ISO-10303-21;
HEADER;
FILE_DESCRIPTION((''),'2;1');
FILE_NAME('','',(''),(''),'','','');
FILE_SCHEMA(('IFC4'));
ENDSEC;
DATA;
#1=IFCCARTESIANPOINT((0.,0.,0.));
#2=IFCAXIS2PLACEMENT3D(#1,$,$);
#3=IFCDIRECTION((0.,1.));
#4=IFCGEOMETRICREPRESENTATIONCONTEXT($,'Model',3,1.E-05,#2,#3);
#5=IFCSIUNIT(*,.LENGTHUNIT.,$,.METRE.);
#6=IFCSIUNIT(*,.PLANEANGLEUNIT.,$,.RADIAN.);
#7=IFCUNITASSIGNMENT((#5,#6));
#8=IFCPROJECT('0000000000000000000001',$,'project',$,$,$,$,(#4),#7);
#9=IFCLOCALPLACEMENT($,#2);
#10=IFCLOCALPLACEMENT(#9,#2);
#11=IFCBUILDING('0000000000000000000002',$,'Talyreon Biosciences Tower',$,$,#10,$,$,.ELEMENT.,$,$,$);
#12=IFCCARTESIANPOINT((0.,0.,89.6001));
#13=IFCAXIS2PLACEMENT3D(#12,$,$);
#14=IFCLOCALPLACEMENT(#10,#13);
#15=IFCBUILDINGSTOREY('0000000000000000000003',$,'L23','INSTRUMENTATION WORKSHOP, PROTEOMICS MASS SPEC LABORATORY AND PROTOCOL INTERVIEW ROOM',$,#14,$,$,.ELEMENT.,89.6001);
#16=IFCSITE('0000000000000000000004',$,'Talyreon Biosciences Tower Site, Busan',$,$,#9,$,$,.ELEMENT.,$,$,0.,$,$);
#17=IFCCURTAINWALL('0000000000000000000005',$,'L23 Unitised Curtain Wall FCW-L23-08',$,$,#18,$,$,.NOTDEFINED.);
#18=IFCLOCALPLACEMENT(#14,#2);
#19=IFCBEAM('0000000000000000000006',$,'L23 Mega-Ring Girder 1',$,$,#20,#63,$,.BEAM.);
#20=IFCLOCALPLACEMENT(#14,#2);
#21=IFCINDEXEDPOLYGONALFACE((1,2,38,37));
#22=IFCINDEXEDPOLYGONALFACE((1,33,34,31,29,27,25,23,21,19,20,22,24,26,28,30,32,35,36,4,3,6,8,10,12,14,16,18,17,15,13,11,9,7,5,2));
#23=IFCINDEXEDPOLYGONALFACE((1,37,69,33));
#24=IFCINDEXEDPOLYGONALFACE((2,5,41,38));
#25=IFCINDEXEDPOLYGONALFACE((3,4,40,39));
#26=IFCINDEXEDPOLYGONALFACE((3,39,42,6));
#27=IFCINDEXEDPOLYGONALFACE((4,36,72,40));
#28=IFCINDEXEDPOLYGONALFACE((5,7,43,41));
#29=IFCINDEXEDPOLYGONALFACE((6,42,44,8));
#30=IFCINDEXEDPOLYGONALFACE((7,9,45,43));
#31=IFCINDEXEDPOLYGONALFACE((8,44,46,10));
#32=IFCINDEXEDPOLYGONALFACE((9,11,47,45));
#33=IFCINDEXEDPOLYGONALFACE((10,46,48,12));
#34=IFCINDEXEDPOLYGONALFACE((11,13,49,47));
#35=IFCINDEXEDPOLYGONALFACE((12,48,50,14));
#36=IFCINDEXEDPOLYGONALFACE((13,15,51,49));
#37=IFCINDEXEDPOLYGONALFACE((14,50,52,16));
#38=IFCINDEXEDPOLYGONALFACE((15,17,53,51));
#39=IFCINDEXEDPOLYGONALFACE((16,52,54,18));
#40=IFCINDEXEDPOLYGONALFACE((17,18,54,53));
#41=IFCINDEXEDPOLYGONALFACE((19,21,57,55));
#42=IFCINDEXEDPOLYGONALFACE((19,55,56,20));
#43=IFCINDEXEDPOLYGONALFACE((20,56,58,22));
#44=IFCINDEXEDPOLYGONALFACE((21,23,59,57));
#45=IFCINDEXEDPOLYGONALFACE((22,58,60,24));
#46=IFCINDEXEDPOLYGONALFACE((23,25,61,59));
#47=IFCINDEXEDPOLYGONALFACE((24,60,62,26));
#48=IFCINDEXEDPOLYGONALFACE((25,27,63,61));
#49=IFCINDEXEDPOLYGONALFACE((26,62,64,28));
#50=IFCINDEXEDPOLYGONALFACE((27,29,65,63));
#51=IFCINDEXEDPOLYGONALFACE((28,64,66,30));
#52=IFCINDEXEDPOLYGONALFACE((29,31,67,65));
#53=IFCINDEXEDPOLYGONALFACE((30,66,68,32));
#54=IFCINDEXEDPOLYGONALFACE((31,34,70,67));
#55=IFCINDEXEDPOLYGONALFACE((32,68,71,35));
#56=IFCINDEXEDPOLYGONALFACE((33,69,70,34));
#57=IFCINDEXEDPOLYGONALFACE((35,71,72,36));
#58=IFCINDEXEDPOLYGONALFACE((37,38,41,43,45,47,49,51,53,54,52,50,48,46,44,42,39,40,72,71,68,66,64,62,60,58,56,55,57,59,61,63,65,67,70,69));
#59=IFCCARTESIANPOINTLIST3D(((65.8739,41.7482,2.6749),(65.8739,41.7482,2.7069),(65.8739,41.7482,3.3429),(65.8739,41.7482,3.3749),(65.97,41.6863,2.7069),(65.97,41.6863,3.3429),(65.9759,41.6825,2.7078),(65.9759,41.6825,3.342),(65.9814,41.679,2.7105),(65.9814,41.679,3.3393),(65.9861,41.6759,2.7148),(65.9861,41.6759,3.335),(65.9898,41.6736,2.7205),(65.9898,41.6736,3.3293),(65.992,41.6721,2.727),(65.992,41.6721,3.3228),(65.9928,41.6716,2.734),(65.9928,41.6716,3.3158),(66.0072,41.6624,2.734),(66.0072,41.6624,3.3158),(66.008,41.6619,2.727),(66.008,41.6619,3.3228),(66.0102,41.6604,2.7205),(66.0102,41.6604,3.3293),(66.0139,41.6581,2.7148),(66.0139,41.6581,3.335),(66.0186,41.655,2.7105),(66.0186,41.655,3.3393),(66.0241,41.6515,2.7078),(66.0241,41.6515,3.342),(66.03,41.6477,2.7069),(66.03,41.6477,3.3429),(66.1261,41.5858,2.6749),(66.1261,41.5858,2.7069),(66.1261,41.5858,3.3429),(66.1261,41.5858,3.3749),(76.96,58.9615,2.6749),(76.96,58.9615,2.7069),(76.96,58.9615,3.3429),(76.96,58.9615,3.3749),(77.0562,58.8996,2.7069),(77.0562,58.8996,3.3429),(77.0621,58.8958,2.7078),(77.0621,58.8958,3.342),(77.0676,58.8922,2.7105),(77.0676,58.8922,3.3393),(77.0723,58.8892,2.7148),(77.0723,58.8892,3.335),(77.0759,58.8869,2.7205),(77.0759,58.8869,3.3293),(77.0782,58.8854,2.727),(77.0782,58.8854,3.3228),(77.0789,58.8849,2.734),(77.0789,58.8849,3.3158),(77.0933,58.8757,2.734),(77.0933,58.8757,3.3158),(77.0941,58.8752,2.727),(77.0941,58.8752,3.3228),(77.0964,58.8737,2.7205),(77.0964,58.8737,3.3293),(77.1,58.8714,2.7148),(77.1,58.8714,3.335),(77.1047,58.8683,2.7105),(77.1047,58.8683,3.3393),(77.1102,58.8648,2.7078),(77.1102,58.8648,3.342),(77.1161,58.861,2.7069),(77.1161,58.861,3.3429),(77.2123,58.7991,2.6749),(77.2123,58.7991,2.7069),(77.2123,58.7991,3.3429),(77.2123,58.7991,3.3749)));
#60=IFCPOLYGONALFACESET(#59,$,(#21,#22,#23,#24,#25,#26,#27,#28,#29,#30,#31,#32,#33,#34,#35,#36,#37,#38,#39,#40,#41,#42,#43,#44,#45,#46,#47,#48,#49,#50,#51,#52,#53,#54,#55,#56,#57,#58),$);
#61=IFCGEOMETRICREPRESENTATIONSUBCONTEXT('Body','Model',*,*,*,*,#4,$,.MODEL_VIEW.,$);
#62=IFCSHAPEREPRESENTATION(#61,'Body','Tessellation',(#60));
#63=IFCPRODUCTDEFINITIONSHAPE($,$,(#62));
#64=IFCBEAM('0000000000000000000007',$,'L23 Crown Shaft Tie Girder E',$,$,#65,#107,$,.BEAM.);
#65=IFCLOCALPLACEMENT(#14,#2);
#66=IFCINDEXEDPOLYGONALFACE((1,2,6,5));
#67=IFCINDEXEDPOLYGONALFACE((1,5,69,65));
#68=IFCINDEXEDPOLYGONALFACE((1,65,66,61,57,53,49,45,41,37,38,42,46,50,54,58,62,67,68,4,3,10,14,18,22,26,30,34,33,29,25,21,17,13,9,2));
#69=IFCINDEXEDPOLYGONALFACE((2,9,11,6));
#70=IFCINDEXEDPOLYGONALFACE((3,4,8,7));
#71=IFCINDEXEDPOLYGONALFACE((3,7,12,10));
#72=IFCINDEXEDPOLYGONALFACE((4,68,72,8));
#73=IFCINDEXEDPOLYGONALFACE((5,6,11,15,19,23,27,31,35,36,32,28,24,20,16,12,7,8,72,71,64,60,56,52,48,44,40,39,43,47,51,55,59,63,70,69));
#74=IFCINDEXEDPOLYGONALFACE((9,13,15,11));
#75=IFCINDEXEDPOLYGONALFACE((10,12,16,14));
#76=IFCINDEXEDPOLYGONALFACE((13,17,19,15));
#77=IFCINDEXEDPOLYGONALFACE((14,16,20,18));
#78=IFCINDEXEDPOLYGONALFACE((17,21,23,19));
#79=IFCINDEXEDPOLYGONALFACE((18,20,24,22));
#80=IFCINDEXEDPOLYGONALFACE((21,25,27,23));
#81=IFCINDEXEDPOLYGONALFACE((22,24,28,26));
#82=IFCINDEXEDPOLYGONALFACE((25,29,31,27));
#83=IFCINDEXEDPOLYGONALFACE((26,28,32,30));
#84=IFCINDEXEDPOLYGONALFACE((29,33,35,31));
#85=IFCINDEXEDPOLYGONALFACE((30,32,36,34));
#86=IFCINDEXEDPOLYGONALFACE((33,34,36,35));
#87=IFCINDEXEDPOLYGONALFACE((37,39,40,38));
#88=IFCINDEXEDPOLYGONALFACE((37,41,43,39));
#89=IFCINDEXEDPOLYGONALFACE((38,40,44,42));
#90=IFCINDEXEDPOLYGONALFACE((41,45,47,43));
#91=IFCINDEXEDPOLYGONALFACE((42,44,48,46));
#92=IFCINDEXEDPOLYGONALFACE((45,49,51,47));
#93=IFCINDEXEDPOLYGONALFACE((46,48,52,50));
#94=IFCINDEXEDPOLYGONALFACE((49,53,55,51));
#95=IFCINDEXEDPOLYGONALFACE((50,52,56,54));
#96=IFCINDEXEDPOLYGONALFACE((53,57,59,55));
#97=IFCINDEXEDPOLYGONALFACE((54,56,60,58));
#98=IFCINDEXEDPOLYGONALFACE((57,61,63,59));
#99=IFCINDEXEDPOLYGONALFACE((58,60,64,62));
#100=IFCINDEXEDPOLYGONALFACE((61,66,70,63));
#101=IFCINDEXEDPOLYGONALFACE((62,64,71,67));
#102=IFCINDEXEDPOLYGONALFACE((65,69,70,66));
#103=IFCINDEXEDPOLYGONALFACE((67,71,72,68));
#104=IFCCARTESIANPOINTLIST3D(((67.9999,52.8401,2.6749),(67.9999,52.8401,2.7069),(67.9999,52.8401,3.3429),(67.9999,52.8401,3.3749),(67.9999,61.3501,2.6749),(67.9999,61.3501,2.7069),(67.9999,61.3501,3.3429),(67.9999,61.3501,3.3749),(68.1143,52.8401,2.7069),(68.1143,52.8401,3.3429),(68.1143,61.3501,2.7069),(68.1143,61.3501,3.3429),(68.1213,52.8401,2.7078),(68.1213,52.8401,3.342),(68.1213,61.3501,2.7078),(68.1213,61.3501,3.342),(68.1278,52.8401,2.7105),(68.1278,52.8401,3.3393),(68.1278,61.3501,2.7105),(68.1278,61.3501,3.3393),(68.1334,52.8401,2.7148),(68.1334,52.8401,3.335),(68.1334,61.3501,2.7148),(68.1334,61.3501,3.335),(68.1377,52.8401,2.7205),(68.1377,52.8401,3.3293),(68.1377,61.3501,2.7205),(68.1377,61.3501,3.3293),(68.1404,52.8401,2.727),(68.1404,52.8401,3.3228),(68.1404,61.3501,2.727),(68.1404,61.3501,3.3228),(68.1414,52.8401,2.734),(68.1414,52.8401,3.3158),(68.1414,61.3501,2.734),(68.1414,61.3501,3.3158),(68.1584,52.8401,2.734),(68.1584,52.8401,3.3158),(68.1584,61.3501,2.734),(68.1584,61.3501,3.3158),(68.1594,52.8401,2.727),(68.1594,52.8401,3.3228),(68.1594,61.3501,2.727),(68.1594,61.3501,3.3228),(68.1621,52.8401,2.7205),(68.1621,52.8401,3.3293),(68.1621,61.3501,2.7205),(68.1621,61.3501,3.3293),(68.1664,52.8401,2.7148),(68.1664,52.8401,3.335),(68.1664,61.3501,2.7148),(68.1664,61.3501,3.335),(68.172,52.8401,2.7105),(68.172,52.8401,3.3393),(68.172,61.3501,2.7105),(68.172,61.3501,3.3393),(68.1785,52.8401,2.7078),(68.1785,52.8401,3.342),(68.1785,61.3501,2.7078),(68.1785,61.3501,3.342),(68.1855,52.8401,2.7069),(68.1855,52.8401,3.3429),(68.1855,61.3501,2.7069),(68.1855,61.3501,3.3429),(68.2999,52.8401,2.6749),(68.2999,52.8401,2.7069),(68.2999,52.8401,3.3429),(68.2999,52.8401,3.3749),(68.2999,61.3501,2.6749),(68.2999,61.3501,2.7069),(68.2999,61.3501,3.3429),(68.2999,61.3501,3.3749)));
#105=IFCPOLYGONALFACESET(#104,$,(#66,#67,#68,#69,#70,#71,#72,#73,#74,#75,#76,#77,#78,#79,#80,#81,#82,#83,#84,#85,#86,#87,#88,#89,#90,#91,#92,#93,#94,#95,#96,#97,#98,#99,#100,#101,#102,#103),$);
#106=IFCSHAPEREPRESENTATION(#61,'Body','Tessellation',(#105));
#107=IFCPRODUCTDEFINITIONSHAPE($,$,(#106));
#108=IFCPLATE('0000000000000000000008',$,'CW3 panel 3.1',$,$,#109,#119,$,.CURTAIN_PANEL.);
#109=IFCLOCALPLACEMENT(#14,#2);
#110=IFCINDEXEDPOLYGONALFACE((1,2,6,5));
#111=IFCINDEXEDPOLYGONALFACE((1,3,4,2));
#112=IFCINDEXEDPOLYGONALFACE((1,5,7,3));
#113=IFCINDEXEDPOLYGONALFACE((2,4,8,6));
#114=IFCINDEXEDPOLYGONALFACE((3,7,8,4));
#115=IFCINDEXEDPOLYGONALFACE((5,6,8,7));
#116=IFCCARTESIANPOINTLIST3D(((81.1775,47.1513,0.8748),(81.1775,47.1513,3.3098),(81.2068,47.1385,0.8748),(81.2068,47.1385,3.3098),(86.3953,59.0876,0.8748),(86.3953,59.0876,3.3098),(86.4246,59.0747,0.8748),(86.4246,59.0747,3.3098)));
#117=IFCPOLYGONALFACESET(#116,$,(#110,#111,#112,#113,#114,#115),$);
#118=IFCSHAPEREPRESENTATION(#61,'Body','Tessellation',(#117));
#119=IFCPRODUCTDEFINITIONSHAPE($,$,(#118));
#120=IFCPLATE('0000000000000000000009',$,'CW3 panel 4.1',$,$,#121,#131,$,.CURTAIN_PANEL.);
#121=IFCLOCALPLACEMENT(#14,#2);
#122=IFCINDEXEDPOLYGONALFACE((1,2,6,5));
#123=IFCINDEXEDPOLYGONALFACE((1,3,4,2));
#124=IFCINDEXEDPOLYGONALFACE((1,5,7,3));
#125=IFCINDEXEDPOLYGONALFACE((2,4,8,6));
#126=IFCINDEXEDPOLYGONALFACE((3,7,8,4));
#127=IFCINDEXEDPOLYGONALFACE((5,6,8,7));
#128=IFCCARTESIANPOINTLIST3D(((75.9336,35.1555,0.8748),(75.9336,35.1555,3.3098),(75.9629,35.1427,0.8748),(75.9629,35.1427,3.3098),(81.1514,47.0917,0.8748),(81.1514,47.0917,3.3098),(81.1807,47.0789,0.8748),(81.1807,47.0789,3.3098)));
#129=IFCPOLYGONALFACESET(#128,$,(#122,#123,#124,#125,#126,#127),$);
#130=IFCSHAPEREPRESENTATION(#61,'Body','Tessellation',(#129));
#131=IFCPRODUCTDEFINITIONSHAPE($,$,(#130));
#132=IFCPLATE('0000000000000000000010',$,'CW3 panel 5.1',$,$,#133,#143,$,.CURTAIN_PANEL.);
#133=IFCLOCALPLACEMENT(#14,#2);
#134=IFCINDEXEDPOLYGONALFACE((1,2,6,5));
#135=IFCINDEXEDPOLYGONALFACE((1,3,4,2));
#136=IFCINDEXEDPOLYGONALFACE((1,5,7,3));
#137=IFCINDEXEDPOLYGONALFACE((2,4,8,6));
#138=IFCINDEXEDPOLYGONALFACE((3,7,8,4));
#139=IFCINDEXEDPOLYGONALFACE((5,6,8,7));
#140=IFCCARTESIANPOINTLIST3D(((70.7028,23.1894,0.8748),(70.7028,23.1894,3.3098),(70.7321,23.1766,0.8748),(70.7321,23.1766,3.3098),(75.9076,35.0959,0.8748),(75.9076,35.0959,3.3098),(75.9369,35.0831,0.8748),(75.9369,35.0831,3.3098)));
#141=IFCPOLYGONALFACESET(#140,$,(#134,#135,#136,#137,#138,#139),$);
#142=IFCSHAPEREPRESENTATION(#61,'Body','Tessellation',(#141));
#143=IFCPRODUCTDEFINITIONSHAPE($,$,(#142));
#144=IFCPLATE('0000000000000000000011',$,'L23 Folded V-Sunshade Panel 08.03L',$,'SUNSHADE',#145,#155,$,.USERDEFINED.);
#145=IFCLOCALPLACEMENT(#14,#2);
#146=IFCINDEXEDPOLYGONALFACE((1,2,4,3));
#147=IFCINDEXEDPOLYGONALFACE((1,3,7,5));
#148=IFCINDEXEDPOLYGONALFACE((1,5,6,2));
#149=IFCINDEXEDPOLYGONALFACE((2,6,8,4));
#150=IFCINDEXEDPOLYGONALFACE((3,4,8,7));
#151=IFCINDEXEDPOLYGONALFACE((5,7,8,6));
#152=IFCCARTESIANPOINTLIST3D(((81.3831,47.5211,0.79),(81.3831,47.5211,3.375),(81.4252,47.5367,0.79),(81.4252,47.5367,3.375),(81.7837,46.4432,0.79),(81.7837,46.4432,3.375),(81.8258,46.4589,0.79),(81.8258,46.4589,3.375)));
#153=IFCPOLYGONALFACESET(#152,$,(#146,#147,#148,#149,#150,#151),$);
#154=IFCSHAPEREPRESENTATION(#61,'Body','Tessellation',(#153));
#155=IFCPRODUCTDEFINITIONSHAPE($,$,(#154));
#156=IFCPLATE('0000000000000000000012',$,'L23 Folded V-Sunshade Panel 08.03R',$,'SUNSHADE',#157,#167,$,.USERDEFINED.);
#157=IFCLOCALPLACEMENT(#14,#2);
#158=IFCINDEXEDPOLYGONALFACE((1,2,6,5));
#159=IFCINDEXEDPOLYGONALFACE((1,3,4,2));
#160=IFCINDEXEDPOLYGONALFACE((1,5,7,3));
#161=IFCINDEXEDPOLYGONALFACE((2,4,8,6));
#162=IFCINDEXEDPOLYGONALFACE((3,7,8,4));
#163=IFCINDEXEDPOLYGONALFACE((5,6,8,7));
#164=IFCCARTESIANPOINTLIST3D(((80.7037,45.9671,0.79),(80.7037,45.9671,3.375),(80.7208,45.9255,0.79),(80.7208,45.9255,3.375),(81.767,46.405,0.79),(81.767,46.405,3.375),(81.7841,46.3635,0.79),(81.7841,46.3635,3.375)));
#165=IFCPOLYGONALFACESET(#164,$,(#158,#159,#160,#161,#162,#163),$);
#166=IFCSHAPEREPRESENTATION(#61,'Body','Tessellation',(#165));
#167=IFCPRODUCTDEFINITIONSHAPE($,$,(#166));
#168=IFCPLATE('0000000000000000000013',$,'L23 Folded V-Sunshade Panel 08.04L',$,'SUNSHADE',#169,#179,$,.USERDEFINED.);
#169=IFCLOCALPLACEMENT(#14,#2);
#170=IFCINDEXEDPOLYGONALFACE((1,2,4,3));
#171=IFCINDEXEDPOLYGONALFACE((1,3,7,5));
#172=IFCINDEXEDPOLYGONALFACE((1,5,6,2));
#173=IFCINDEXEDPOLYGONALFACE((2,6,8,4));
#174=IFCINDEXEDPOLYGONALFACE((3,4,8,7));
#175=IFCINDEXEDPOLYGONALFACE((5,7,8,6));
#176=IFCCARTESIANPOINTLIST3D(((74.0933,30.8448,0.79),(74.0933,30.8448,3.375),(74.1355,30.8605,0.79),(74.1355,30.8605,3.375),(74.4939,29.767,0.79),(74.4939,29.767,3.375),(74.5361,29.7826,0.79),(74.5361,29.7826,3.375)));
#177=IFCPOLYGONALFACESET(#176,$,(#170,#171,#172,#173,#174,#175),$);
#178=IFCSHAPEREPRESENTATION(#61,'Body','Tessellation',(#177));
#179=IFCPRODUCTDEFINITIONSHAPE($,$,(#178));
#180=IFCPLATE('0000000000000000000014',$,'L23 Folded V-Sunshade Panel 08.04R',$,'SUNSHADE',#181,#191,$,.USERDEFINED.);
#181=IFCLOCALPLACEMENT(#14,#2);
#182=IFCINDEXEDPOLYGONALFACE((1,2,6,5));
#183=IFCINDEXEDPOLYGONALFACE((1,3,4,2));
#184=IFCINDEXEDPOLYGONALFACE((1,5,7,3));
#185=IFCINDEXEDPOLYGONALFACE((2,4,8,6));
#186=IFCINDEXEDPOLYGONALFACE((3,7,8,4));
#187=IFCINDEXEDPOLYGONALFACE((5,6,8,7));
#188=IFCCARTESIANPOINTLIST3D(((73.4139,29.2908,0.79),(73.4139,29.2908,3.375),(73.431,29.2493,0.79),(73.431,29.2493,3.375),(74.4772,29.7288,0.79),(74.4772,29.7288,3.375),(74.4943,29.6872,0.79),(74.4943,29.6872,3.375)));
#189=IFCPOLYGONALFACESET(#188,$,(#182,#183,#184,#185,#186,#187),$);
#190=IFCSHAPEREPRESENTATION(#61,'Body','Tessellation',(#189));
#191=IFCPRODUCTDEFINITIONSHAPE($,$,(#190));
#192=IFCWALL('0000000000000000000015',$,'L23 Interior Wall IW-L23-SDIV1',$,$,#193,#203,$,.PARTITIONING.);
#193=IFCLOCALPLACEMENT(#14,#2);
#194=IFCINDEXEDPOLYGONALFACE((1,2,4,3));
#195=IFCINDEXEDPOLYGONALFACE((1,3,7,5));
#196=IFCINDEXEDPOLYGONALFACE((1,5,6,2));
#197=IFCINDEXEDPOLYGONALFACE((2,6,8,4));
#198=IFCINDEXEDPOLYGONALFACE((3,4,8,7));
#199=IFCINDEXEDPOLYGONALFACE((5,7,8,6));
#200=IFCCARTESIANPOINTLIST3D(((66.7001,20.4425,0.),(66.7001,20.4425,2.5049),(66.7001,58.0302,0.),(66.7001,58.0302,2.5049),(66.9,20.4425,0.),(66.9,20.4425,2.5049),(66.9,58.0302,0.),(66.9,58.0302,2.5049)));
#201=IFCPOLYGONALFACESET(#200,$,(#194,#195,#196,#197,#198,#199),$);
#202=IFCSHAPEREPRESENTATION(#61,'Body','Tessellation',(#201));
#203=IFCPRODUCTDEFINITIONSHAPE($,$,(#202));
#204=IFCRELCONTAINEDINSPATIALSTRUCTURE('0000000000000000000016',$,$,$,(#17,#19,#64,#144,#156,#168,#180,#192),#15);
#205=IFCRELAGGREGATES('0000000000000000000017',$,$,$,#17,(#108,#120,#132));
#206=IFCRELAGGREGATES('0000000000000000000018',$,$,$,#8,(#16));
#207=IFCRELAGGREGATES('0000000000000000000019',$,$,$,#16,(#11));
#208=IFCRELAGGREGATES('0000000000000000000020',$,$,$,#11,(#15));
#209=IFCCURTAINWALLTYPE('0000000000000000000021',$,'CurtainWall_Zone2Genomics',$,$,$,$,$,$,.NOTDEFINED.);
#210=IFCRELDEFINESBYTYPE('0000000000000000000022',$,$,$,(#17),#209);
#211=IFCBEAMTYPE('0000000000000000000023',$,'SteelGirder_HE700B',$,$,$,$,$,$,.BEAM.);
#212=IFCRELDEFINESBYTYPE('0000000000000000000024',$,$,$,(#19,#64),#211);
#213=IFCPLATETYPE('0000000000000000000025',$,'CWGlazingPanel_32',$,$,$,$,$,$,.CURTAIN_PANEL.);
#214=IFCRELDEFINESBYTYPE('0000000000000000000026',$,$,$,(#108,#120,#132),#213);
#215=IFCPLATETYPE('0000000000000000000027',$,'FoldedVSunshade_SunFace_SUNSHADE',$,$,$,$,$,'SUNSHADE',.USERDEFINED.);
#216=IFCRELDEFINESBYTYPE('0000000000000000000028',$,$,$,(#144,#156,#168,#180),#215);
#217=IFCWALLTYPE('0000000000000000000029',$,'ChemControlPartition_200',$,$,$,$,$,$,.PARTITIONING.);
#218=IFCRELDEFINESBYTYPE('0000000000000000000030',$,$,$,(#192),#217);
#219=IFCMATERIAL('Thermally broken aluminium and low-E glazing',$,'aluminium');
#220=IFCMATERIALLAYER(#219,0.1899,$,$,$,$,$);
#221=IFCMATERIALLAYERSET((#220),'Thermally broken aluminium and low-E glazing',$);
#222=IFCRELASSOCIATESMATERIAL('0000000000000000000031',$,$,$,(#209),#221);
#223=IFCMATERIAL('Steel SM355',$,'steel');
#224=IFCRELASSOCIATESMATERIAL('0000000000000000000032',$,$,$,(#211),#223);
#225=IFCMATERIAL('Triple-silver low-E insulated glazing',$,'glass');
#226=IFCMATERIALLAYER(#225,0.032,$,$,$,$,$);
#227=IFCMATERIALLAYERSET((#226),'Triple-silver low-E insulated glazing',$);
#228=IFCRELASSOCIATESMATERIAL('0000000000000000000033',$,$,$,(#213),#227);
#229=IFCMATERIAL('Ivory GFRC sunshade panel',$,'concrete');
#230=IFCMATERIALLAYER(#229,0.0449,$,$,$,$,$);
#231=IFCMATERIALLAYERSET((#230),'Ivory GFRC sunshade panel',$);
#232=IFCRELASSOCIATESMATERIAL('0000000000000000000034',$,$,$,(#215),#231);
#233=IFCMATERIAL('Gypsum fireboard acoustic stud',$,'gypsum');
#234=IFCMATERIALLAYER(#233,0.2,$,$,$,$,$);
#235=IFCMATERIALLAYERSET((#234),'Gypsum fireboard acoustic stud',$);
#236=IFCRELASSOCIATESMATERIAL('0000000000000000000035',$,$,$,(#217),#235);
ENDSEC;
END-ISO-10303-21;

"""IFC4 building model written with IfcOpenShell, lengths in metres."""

from ifc_helpers import new_model, si_unit, direction, frame, frame_2d, origin, origin_2d, place, context, subcontext, project, spatial, rectangle, i_section, extrude, material, layer, layer_set, material_profile, profile_set, type_object, element, aggregate, save


model = new_model("IFC4")

# Units and contexts
model_context = context("Model", 3, precision=1e-05, world=origin(), true_north=direction((0.0, 1.0)))
body_context = subcontext(model_context, "Body", "Model", "MODEL_VIEW")
ifc_project = project(units=[si_unit("LENGTHUNIT", "METRE"), si_unit("PLANEANGLEUNIT", "RADIAN")], contexts=[model_context])

# Site, building, storey
site_placement = place(None, origin())
site = spatial("IfcSite", under=ifc_project, at=site_placement, Name="Talyreon Biosciences Tower Site, Busan", CompositionType="ELEMENT", RefElevation=0.0)
building_placement = place(site_placement, origin())
building = spatial("IfcBuilding", under=site, at=building_placement, Name="Talyreon Biosciences Tower", CompositionType="ELEMENT")
storey_placement = place(building_placement, frame((0.0, 0.0, 89.6001)))
storey = spatial("IfcBuildingStorey", under=building, at=storey_placement, Name="L23", Description="INSTRUMENTATION WORKSHOP, PROTEOMICS MASS SPEC LABORATORY AND PROTOCOL INTERVIEW ROOM", CompositionType="ELEMENT", Elevation=89.6001)

# Curtain wall
ifc_material_1 = material(Name="Thermally broken aluminium and low-E glazing", Category="aluminium")
ifc_layer_1 = layer(ifc_material_1, 0.1899)
ifc_layer_set_1 = layer_set([ifc_layer_1], Name="Thermally broken aluminium and low-E glazing")
curtain_wall_type = type_object("IfcCurtainWallType", Name="CurtainWall_Zone2Genomics", PredefinedType="NOTDEFINED", material=ifc_layer_set_1)
curtain_wall_placement = place(storey_placement, origin())
curtain_wall = element("IfcCurtainWall", 1, at=curtain_wall_placement, inside=storey, type_object=curtain_wall_type, Name="L23 Unitised Curtain Wall FCW-L23-08", PredefinedType="NOTDEFINED")

# Beams
ifc_material_2 = material(Name="Steel SM355", Category="steel")
ifc_material_profile_1 = material_profile(ifc_material_2, i_section(OverallWidth=0.3, OverallDepth=0.7, WebThickness=0.0171, FlangeThickness=0.032, FilletRadius=0.0271, at=origin_2d()), Name="HE700B")
ifc_profile_set_1 = profile_set([ifc_material_profile_1], Name="Steel SM355")
beam_type_1 = type_object("IfcBeamType", Name="SteelGirder_HE700B", PredefinedType="BEAM", material=ifc_profile_set_1)
beam_1_placement = place(storey_placement, frame((66.0, 41.667, 3.0249), z_axis=(0.541464, 0.840724, 0.0), x_axis=(-0.840724, 0.541464, 0.0)))
element("IfcBeam", 2, at=beam_1_placement, inside=storey, type_object=beam_type_1, Name="L23 Mega-Ring Girder 1", PredefinedType="BEAM", context=body_context, shape_type="SweptSolid", body=[
    extrude(i_section(OverallWidth=0.3, OverallDepth=0.7, WebThickness=0.0171, FlangeThickness=0.032, FilletRadius=0.0271, at=origin_2d()), origin(), (0.0, 0.0, 1.0), 20.4744),
])
beam_2_placement = place(storey_placement, frame((68.1499, 52.8401, 3.0249), z_axis=(0.0, 1.0, 0.0), x_axis=(-1.0, 0.0, 0.0)))
element("IfcBeam", 3, at=beam_2_placement, inside=storey, type_object=beam_type_1, Name="L23 Crown Shaft Tie Girder E", PredefinedType="BEAM", context=body_context, shape_type="SweptSolid", body=[
    extrude(i_section(OverallWidth=0.3, OverallDepth=0.7, WebThickness=0.0171, FlangeThickness=0.032, FilletRadius=0.0271, at=origin_2d()), origin(), (0.0, 0.0, 1.0), 8.51),
])

# Plates
ifc_material_3 = material(Name="Triple-silver low-E insulated glazing", Category="glass")
ifc_layer_2 = layer(ifc_material_3, 0.032)
ifc_layer_set_2 = layer_set([ifc_layer_2], Name="Triple-silver low-E insulated glazing")
plate_type_1 = type_object("IfcPlateType", Name="CWGlazingPanel_32", PredefinedType="CURTAIN_PANEL", material=ifc_layer_set_2)
plate_1_placement = place(storey_placement, frame((83.801, 53.113, 0.8748), z_axis=(0.0, 0.0, 1.0), x_axis=(-0.400542, -0.916278, 0.0)))
plate_1 = element("IfcPlate", 4, at=plate_1_placement, type_object=plate_type_1, Name="CW3 panel 3.1", PredefinedType="CURTAIN_PANEL", context=body_context, shape_type="SweptSolid", body=[
    extrude(rectangle(XDim=13.0269, YDim=0.032, at=origin_2d()), origin(), (0.0, 0.0, 1.0), 2.4351),
])
plate_2_placement = place(storey_placement, frame((78.5571, 41.1172, 0.8748), z_axis=(0.0, 0.0, 1.0), x_axis=(-0.400542, -0.916278, 0.0)))
plate_2 = element("IfcPlate", 5, at=plate_2_placement, type_object=plate_type_1, Name="CW3 panel 4.1", PredefinedType="CURTAIN_PANEL", context=body_context, shape_type="SweptSolid", body=[
    extrude(rectangle(XDim=13.0269, YDim=0.032, at=origin_2d()), origin(), (0.0, 0.0, 1.0), 2.4351),
])
plate_3_placement = place(storey_placement, frame((73.3198, 29.1362, 0.8748), z_axis=(0.0, 0.0, 1.0), x_axis=(-0.400542, -0.916278, 0.0)))
plate_3 = element("IfcPlate", 6, at=plate_3_placement, type_object=plate_type_1, Name="CW3 panel 5.1", PredefinedType="CURTAIN_PANEL", context=body_context, shape_type="SweptSolid", body=[
    extrude(rectangle(XDim=12.9944, YDim=0.032, at=origin_2d()), origin(), (0.0, 0.0, 1.0), 2.4351),
])
aggregate(curtain_wall, [plate_1, plate_2, plate_3])

# Plates
ifc_material_4 = material(Name="Ivory GFRC sunshade panel", Category="concrete")
ifc_layer_3 = layer(ifc_material_4, 0.0449)
ifc_layer_set_3 = layer_set([ifc_layer_3], Name="Ivory GFRC sunshade panel")
plate_type_2 = type_object("IfcPlateType", Name="FoldedVSunshade_SunFace_SUNSHADE", ElementType="SUNSHADE", PredefinedType="USERDEFINED", material=ifc_layer_set_3)
for number, where, z_axis, x_axis, name in (
    (7, (81.6045, 46.99, 0.79), (0.0, 0.0, 1.0), (0.348376, -0.937355, 0.0), "L23 Folded V-Sunshade Panel 08.03L"),
    (8, (81.2439, 46.1653, 0.79), (0.0, 0.0, 1.0), (-0.924626, -0.380877, 0.0), "L23 Folded V-Sunshade Panel 08.03R"),
    (9, (74.3147, 30.3137, 0.79), (0.0, 0.0, 1.0), (0.348376, -0.937355, 0.0), "L23 Folded V-Sunshade Panel 08.04L"),
    (10, (73.9541, 29.489, 0.79), (0.0, 0.0, 1.0), (-0.924626, -0.380877, 0.0), "L23 Folded V-Sunshade Panel 08.04R"),
):
    element("IfcPlate", number, at=place(storey_placement, frame(where, z_axis=z_axis, x_axis=x_axis)), inside=storey, type_object=plate_type_2, Name=name, ObjectType="SUNSHADE", PredefinedType="USERDEFINED", context=body_context, shape_type="SweptSolid", body=[
        extrude(rectangle(XDim=1.1499, YDim=0.0449, at=origin_2d()), origin(), (0.0, 0.0, 1.0), 2.585),
    ])

# Wall
ifc_material_5 = material(Name="Gypsum fireboard acoustic stud", Category="gypsum")
ifc_layer_4 = layer(ifc_material_5, 0.2)
ifc_layer_set_4 = layer_set([ifc_layer_4], Name="Gypsum fireboard acoustic stud")
wall_type_1 = type_object("IfcWallType", Name="ChemControlPartition_200", PredefinedType="PARTITIONING", material=ifc_layer_set_4)
wall_1_placement = place(storey_placement, frame((66.8, 20.4424, 0.0), z_axis=(0.0, 0.0, 1.0), x_axis=(0.0, 1.0, 0.0)))
element("IfcWall", 11, at=wall_1_placement, inside=storey, type_object=wall_type_1, Name="L23 Interior Wall IW-L23-SDIV1", PredefinedType="PARTITIONING", context=body_context, shape_type="SweptSolid", body=[
    extrude(rectangle(XDim=37.5876, YDim=0.2, at=frame_2d((18.7939, 0.0))), origin(), (0.0, 0.0, 1.0), 2.5049),
])

save(model, "model.ifc")
